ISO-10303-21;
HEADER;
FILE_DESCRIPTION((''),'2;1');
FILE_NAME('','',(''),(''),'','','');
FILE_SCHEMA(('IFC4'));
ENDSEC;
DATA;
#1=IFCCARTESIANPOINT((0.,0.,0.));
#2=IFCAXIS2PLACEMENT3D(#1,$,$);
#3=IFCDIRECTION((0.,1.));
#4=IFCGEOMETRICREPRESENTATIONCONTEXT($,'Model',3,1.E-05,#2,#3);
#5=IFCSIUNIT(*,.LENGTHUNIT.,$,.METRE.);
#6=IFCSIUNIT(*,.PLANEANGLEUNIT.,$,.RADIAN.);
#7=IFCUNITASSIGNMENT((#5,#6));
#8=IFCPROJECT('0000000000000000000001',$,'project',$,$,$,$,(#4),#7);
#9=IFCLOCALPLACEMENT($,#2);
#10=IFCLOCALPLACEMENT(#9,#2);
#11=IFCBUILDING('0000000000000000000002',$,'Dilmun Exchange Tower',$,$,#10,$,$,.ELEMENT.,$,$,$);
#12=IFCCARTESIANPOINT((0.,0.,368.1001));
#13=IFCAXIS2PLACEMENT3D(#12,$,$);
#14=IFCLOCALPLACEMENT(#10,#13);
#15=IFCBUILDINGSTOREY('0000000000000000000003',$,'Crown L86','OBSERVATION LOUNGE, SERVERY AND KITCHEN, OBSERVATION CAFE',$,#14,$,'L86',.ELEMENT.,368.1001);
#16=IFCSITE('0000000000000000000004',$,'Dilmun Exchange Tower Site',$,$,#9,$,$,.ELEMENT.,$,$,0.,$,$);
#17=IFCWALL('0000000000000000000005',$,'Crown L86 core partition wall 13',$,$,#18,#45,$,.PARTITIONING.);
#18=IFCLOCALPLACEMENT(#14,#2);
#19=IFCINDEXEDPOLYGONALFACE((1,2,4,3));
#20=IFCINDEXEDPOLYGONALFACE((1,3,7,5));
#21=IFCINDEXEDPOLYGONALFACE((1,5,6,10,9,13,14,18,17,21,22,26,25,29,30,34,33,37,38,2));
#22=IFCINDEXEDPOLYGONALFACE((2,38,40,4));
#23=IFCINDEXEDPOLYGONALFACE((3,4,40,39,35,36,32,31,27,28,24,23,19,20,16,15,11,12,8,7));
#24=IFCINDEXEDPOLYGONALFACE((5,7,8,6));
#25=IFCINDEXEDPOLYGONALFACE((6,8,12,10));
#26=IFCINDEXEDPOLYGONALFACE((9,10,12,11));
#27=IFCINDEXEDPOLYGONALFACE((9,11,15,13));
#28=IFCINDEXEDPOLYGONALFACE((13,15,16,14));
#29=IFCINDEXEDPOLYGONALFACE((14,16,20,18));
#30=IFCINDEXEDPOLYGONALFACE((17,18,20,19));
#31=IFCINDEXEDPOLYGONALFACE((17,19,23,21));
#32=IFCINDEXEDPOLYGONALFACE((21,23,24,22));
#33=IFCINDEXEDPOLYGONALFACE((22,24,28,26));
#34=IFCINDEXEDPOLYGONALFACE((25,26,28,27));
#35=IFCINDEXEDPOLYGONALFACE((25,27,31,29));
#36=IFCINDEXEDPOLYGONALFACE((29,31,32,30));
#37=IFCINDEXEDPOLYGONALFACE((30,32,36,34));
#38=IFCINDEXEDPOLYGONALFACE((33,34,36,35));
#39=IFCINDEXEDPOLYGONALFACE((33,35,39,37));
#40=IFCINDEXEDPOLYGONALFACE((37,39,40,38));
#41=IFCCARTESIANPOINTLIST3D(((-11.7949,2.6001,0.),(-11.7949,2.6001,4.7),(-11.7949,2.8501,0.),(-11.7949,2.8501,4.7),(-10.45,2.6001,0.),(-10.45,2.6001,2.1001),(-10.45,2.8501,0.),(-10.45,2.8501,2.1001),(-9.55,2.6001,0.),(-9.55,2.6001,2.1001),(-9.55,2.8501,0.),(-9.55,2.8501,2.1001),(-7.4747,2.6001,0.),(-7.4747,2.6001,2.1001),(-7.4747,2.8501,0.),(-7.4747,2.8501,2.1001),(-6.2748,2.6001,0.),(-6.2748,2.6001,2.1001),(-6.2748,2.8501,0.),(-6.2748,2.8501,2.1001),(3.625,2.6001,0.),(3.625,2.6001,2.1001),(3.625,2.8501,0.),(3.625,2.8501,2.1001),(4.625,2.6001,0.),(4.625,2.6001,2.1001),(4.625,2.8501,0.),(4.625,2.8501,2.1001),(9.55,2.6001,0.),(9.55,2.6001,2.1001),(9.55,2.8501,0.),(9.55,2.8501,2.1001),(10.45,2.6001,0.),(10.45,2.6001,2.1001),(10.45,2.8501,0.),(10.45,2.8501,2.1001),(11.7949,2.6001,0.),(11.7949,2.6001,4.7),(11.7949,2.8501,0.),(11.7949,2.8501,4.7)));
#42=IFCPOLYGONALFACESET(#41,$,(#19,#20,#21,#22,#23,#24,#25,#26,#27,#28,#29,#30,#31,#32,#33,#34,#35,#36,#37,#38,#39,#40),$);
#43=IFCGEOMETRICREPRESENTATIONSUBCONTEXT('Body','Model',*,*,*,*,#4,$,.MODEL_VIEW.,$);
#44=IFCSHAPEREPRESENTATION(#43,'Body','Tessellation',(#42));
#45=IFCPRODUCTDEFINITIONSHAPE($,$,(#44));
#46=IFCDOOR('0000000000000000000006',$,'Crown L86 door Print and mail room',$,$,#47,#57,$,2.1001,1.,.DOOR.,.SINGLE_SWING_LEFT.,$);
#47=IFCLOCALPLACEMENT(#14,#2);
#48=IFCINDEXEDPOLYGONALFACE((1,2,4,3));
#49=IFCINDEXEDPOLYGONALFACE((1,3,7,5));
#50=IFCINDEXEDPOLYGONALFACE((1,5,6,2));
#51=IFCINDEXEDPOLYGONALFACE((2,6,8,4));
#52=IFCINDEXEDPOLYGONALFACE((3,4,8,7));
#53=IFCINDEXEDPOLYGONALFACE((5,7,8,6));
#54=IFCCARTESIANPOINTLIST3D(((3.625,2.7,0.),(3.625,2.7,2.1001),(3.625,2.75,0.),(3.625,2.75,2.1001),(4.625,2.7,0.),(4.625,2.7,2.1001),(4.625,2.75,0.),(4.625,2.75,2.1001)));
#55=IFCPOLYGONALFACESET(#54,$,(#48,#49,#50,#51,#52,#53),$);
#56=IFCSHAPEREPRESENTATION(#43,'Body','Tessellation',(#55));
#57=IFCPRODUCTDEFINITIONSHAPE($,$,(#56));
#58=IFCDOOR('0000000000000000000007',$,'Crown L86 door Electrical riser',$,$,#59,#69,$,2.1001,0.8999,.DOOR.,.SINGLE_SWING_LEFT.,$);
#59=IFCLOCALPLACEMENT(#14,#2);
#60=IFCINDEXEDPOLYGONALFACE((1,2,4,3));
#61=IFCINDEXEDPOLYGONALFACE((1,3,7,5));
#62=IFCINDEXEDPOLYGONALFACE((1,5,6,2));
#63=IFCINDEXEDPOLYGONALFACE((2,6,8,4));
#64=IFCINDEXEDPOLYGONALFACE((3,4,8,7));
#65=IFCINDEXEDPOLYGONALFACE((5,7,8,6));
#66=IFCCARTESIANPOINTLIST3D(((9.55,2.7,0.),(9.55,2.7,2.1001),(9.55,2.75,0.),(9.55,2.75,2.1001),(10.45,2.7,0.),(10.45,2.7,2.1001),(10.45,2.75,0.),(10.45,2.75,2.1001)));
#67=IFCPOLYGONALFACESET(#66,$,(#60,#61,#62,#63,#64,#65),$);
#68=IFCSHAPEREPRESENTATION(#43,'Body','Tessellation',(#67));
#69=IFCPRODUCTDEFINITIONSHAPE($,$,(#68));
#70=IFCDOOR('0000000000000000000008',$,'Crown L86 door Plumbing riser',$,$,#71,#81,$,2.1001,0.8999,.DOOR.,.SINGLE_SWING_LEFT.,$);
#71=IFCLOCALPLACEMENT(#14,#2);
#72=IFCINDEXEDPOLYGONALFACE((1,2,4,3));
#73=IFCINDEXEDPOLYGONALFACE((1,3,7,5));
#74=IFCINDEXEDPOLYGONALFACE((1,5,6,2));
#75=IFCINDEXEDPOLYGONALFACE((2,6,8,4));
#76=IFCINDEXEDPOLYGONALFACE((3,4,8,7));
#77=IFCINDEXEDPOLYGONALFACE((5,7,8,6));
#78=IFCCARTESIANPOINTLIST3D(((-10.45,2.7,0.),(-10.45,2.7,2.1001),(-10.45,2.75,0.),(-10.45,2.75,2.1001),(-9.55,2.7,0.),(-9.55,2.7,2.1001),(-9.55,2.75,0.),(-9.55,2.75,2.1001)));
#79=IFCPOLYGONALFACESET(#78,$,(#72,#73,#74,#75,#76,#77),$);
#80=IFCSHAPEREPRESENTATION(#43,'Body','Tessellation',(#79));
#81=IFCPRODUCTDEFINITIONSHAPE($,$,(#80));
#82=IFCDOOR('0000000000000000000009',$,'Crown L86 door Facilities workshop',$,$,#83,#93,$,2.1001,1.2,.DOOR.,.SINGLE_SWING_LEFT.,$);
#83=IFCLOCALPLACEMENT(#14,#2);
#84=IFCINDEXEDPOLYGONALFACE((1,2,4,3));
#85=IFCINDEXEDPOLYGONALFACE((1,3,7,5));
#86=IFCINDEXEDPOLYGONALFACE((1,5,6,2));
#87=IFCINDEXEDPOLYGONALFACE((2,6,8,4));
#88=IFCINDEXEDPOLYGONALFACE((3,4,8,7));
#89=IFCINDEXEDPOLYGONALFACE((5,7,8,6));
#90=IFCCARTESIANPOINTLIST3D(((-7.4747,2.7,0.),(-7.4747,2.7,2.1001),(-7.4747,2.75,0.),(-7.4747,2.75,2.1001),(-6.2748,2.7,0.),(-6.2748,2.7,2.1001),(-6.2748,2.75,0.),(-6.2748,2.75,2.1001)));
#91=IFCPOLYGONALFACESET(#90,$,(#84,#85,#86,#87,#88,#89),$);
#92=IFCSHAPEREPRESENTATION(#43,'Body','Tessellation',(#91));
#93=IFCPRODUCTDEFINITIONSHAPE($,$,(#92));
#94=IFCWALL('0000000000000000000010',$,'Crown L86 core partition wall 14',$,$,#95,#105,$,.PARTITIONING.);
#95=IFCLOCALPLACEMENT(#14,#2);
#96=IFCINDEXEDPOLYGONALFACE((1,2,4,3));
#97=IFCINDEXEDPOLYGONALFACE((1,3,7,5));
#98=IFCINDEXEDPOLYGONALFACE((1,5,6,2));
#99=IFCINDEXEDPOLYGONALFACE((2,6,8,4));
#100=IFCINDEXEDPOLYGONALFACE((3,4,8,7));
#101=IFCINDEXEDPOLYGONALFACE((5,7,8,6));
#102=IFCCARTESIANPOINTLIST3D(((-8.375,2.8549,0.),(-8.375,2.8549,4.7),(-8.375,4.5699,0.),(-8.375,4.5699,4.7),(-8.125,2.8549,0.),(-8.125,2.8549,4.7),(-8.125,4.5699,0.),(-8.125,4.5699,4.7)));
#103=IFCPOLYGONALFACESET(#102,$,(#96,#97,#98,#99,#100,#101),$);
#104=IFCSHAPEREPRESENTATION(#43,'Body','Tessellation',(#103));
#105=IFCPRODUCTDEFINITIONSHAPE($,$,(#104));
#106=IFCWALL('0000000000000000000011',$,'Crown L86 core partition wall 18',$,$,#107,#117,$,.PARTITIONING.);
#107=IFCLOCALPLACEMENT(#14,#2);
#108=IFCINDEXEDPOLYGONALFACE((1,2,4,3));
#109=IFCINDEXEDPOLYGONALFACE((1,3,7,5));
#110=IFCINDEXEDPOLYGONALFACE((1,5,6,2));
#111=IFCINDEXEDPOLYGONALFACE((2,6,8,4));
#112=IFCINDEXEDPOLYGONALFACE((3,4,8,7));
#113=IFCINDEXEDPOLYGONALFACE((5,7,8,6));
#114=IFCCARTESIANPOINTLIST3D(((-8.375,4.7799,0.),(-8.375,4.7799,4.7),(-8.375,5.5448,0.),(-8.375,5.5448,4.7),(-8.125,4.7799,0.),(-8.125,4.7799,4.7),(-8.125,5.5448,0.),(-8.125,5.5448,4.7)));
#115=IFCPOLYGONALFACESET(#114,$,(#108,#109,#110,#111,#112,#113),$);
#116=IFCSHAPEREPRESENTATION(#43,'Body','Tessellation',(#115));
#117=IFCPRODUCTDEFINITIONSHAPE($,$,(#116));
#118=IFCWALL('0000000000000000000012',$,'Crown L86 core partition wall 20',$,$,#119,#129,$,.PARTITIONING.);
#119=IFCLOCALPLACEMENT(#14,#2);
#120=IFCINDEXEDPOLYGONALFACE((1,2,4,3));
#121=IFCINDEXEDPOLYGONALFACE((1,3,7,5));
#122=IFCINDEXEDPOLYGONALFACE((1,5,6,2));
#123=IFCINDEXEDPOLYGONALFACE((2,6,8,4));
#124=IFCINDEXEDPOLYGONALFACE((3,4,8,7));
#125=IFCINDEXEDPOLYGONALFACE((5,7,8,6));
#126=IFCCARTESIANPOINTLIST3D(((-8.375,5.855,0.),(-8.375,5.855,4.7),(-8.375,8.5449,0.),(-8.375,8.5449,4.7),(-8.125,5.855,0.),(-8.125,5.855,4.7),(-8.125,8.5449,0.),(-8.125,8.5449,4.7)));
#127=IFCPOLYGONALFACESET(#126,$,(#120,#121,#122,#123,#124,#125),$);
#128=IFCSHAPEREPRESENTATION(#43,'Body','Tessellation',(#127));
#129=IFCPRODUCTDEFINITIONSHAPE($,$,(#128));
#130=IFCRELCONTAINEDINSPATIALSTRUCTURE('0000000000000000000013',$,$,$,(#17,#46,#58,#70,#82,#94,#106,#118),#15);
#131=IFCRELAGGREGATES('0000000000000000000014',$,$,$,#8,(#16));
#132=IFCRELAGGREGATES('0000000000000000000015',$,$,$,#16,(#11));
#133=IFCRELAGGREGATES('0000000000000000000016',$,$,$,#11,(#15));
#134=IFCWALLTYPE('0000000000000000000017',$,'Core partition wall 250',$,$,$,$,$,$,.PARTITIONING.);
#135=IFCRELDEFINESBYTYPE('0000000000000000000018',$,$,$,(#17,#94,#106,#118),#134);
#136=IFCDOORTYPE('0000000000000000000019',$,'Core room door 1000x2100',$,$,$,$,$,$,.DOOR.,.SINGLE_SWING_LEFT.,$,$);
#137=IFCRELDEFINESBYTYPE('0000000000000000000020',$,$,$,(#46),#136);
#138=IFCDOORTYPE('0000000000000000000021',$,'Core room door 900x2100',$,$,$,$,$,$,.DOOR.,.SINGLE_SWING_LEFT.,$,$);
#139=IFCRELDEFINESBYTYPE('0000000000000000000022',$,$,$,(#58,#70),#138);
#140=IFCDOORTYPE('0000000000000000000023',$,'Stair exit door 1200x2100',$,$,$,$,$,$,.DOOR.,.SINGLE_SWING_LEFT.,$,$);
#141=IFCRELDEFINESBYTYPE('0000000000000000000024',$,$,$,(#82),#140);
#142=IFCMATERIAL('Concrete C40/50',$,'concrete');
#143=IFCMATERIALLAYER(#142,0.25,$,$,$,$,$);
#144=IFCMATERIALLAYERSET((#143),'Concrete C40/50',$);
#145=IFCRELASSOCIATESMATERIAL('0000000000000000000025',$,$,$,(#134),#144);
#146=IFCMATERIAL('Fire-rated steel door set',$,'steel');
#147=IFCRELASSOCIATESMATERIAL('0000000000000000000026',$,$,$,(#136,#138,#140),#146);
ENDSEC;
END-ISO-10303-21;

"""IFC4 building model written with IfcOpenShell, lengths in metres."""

from ifc_helpers import new_model, si_unit, direction, frame, frame_2d, origin, place, context, subcontext, project, spatial, rectangle, extrude, material, layer, layer_set, type_object, element, fill, save


model = new_model("IFC4")

# Units and contexts
model_context = context("Model", 3, precision=1e-05, world=origin(), true_north=direction((0.0, 1.0)))
body_context = subcontext(model_context, "Body", "Model", "MODEL_VIEW")
ifc_project = project(units=[si_unit("LENGTHUNIT", "METRE"), si_unit("PLANEANGLEUNIT", "RADIAN")], contexts=[model_context])

# Site, building, storey
site_placement = place(None, origin())
site = spatial("IfcSite", under=ifc_project, at=site_placement, Name="Dilmun Exchange Tower Site", CompositionType="ELEMENT", RefElevation=0.0)
building_placement = place(site_placement, origin())
building = spatial("IfcBuilding", under=site, at=building_placement, Name="Dilmun Exchange Tower", CompositionType="ELEMENT")
storey_placement = place(building_placement, frame((0.0, 0.0, 368.1001)))
storey = spatial("IfcBuildingStorey", under=building, at=storey_placement, Name="Crown L86", Description="OBSERVATION LOUNGE, SERVERY AND KITCHEN, OBSERVATION CAFE", LongName="L86", CompositionType="ELEMENT", Elevation=368.1001)

# Shared definitions
ifc_material_1 = material(Name="Concrete C40/50", Category="concrete")

# Wall, openings, doors
ifc_layer_1 = layer(ifc_material_1, 0.25)
ifc_layer_set_1 = layer_set([ifc_layer_1], Name="Concrete C40/50")
wall_type_1 = type_object("IfcWallType", Name="Core partition wall 250", PredefinedType="PARTITIONING", material=ifc_layer_set_1)
wall_1_placement = place(storey_placement, frame((-11.7949, 2.7251, 0.0), z_axis=(0.0, 0.0, 1.0), x_axis=(1.0, 0.0, 0.0)))
wall_1 = element("IfcWall", 1, at=wall_1_placement, inside=storey, type_object=wall_type_1, Name="Crown L86 core partition wall 13", PredefinedType="PARTITIONING", context=body_context, shape_type="SweptSolid", body=[
    extrude(rectangle(XDim=23.5898, YDim=0.25, at=frame_2d((11.7949, 0.0))), origin(), (0.0, 0.0, 1.0), 4.7),
])
opening_1_placement = place(wall_1_placement, frame((21.345, 0.0, 0.0)))
opening_1 = element("IfcOpeningElement", 2, at=opening_1_placement, cuts=wall_1, PredefinedType="OPENING", context=body_context, shape_type="SweptSolid", body=[
    extrude(rectangle(XDim=0.8999, YDim=2.1001, at=frame_2d((0.45, 1.05))), frame((0.0, 0.135, 0.0), z_axis=(0.0, -1.0, 0.0), x_axis=(1.0, 0.0, 0.0)), (0.0, 0.0, 1.0), 0.27),
])
opening_2_placement = place(wall_1_placement, frame((1.345, 0.0, 0.0)))
opening_2 = element("IfcOpeningElement", 3, at=opening_2_placement, cuts=wall_1, PredefinedType="OPENING", context=body_context, shape_type="SweptSolid", body=[
    extrude(rectangle(XDim=0.8999, YDim=2.1001, at=frame_2d((0.45, 1.05))), frame((0.0, 0.135, 0.0), z_axis=(0.0, -1.0, 0.0), x_axis=(1.0, 0.0, 0.0)), (0.0, 0.0, 1.0), 0.27),
])
opening_3_placement = place(wall_1_placement, frame((4.3201, 0.0, 0.0)))
opening_3 = element("IfcOpeningElement", 4, at=opening_3_placement, cuts=wall_1, PredefinedType="OPENING", context=body_context, shape_type="SweptSolid", body=[
    extrude(rectangle(XDim=1.2, YDim=2.1001, at=frame_2d((0.6001, 1.05))), frame((0.0, 0.135, 0.0), z_axis=(0.0, -1.0, 0.0), x_axis=(1.0, 0.0, 0.0)), (0.0, 0.0, 1.0), 0.27),
])
opening_4_placement = place(wall_1_placement, frame((15.4199, 0.0, 0.0)))
opening_4 = element("IfcOpeningElement", 5, at=opening_4_placement, cuts=wall_1, PredefinedType="OPENING", context=body_context, shape_type="SweptSolid", body=[
    extrude(rectangle(XDim=1.0, YDim=2.1001, at=frame_2d((0.5, 1.05))), frame((0.0, 0.135, 0.0), z_axis=(0.0, -1.0, 0.0), x_axis=(1.0, 0.0, 0.0)), (0.0, 0.0, 1.0), 0.27),
])
ifc_material_2 = material(Name="Fire-rated steel door set", Category="steel")
door_type_1 = type_object("IfcDoorType", Name="Core room door 1000x2100", OperationType="SINGLE_SWING_LEFT", PredefinedType="DOOR", material=ifc_material_2)
door_1_placement = place(opening_4_placement, origin())
door_1 = element("IfcDoor", 6, at=door_1_placement, inside=storey, type_object=door_type_1, Name="Crown L86 door Print and mail room", OperationType="SINGLE_SWING_LEFT", OverallHeight=2.1001, OverallWidth=1.0, PredefinedType="DOOR", context=body_context, shape_type="SweptSolid", body=[
    extrude(rectangle(XDim=1.0, YDim=2.1001, at=frame_2d((0.5, 1.05))), frame((0.0, 0.0249, 0.0), z_axis=(0.0, -1.0, 0.0), x_axis=(1.0, 0.0, 0.0)), (0.0, 0.0, 1.0), 0.05),
])
fill(opening_4, door_1)
door_type_2 = type_object("IfcDoorType", Name="Core room door 900x2100", OperationType="SINGLE_SWING_LEFT", PredefinedType="DOOR", material=ifc_material_2)
door_2_placement = place(opening_1_placement, origin())
door_2 = element("IfcDoor", 7, at=door_2_placement, inside=storey, type_object=door_type_2, Name="Crown L86 door Electrical riser", OperationType="SINGLE_SWING_LEFT", OverallHeight=2.1001, OverallWidth=0.8999, PredefinedType="DOOR", context=body_context, shape_type="SweptSolid", body=[
    extrude(rectangle(XDim=0.8999, YDim=2.1001, at=frame_2d((0.45, 1.05))), frame((0.0, 0.0249, 0.0), z_axis=(0.0, -1.0, 0.0), x_axis=(1.0, 0.0, 0.0)), (0.0, 0.0, 1.0), 0.05),
])
fill(opening_1, door_2)
door_3_placement = place(opening_2_placement, origin())
door_3 = element("IfcDoor", 8, at=door_3_placement, inside=storey, type_object=door_type_2, Name="Crown L86 door Plumbing riser", OperationType="SINGLE_SWING_LEFT", OverallHeight=2.1001, OverallWidth=0.8999, PredefinedType="DOOR", context=body_context, shape_type="SweptSolid", body=[
    extrude(rectangle(XDim=0.8999, YDim=2.1001, at=frame_2d((0.45, 1.05))), frame((0.0, 0.0249, 0.0), z_axis=(0.0, -1.0, 0.0), x_axis=(1.0, 0.0, 0.0)), (0.0, 0.0, 1.0), 0.05),
])
fill(opening_2, door_3)
door_type_3 = type_object("IfcDoorType", Name="Stair exit door 1200x2100", OperationType="SINGLE_SWING_LEFT", PredefinedType="DOOR", material=ifc_material_2)
door_4_placement = place(opening_3_placement, origin())
door_4 = element("IfcDoor", 9, at=door_4_placement, inside=storey, type_object=door_type_3, Name="Crown L86 door Facilities workshop", OperationType="SINGLE_SWING_LEFT", OverallHeight=2.1001, OverallWidth=1.2, PredefinedType="DOOR", context=body_context, shape_type="SweptSolid", body=[
    extrude(rectangle(XDim=1.2, YDim=2.1001, at=frame_2d((0.6001, 1.05))), frame((0.0, 0.0249, 0.0), z_axis=(0.0, -1.0, 0.0), x_axis=(1.0, 0.0, 0.0)), (0.0, 0.0, 1.0), 0.05),
])
fill(opening_3, door_4)

# Walls
wall_2_placement = place(storey_placement, frame((-8.25, 2.855, 0.0), z_axis=(0.0, 0.0, 1.0), x_axis=(0.0, 1.0, 0.0)))
element("IfcWall", 10, at=wall_2_placement, inside=storey, type_object=wall_type_1, Name="Crown L86 core partition wall 14", PredefinedType="PARTITIONING", context=body_context, shape_type="SweptSolid", body=[
    extrude(rectangle(XDim=1.7151, YDim=0.25, at=frame_2d((0.8574, 0.0))), origin(), (0.0, 0.0, 1.0), 4.7),
])
wall_3_placement = place(storey_placement, frame((-8.25, 4.78, 0.0), z_axis=(0.0, 0.0, 1.0), x_axis=(0.0, 1.0, 0.0)))
element("IfcWall", 11, at=wall_3_placement, inside=storey, type_object=wall_type_1, Name="Crown L86 core partition wall 18", PredefinedType="PARTITIONING", context=body_context, shape_type="SweptSolid", body=[
    extrude(rectangle(XDim=0.7649, YDim=0.25, at=frame_2d((0.3823, 0.0))), origin(), (0.0, 0.0, 1.0), 4.7),
])
wall_4_placement = place(storey_placement, frame((-8.25, 5.855, 0.0), z_axis=(0.0, 0.0, 1.0), x_axis=(0.0, 1.0, 0.0)))
element("IfcWall", 12, at=wall_4_placement, inside=storey, type_object=wall_type_1, Name="Crown L86 core partition wall 20", PredefinedType="PARTITIONING", context=body_context, shape_type="SweptSolid", body=[
    extrude(rectangle(XDim=2.6899, YDim=0.25, at=frame_2d((1.345, 0.0))), origin(), (0.0, 0.0, 1.0), 4.7),
])

save(model, "model.ifc")
